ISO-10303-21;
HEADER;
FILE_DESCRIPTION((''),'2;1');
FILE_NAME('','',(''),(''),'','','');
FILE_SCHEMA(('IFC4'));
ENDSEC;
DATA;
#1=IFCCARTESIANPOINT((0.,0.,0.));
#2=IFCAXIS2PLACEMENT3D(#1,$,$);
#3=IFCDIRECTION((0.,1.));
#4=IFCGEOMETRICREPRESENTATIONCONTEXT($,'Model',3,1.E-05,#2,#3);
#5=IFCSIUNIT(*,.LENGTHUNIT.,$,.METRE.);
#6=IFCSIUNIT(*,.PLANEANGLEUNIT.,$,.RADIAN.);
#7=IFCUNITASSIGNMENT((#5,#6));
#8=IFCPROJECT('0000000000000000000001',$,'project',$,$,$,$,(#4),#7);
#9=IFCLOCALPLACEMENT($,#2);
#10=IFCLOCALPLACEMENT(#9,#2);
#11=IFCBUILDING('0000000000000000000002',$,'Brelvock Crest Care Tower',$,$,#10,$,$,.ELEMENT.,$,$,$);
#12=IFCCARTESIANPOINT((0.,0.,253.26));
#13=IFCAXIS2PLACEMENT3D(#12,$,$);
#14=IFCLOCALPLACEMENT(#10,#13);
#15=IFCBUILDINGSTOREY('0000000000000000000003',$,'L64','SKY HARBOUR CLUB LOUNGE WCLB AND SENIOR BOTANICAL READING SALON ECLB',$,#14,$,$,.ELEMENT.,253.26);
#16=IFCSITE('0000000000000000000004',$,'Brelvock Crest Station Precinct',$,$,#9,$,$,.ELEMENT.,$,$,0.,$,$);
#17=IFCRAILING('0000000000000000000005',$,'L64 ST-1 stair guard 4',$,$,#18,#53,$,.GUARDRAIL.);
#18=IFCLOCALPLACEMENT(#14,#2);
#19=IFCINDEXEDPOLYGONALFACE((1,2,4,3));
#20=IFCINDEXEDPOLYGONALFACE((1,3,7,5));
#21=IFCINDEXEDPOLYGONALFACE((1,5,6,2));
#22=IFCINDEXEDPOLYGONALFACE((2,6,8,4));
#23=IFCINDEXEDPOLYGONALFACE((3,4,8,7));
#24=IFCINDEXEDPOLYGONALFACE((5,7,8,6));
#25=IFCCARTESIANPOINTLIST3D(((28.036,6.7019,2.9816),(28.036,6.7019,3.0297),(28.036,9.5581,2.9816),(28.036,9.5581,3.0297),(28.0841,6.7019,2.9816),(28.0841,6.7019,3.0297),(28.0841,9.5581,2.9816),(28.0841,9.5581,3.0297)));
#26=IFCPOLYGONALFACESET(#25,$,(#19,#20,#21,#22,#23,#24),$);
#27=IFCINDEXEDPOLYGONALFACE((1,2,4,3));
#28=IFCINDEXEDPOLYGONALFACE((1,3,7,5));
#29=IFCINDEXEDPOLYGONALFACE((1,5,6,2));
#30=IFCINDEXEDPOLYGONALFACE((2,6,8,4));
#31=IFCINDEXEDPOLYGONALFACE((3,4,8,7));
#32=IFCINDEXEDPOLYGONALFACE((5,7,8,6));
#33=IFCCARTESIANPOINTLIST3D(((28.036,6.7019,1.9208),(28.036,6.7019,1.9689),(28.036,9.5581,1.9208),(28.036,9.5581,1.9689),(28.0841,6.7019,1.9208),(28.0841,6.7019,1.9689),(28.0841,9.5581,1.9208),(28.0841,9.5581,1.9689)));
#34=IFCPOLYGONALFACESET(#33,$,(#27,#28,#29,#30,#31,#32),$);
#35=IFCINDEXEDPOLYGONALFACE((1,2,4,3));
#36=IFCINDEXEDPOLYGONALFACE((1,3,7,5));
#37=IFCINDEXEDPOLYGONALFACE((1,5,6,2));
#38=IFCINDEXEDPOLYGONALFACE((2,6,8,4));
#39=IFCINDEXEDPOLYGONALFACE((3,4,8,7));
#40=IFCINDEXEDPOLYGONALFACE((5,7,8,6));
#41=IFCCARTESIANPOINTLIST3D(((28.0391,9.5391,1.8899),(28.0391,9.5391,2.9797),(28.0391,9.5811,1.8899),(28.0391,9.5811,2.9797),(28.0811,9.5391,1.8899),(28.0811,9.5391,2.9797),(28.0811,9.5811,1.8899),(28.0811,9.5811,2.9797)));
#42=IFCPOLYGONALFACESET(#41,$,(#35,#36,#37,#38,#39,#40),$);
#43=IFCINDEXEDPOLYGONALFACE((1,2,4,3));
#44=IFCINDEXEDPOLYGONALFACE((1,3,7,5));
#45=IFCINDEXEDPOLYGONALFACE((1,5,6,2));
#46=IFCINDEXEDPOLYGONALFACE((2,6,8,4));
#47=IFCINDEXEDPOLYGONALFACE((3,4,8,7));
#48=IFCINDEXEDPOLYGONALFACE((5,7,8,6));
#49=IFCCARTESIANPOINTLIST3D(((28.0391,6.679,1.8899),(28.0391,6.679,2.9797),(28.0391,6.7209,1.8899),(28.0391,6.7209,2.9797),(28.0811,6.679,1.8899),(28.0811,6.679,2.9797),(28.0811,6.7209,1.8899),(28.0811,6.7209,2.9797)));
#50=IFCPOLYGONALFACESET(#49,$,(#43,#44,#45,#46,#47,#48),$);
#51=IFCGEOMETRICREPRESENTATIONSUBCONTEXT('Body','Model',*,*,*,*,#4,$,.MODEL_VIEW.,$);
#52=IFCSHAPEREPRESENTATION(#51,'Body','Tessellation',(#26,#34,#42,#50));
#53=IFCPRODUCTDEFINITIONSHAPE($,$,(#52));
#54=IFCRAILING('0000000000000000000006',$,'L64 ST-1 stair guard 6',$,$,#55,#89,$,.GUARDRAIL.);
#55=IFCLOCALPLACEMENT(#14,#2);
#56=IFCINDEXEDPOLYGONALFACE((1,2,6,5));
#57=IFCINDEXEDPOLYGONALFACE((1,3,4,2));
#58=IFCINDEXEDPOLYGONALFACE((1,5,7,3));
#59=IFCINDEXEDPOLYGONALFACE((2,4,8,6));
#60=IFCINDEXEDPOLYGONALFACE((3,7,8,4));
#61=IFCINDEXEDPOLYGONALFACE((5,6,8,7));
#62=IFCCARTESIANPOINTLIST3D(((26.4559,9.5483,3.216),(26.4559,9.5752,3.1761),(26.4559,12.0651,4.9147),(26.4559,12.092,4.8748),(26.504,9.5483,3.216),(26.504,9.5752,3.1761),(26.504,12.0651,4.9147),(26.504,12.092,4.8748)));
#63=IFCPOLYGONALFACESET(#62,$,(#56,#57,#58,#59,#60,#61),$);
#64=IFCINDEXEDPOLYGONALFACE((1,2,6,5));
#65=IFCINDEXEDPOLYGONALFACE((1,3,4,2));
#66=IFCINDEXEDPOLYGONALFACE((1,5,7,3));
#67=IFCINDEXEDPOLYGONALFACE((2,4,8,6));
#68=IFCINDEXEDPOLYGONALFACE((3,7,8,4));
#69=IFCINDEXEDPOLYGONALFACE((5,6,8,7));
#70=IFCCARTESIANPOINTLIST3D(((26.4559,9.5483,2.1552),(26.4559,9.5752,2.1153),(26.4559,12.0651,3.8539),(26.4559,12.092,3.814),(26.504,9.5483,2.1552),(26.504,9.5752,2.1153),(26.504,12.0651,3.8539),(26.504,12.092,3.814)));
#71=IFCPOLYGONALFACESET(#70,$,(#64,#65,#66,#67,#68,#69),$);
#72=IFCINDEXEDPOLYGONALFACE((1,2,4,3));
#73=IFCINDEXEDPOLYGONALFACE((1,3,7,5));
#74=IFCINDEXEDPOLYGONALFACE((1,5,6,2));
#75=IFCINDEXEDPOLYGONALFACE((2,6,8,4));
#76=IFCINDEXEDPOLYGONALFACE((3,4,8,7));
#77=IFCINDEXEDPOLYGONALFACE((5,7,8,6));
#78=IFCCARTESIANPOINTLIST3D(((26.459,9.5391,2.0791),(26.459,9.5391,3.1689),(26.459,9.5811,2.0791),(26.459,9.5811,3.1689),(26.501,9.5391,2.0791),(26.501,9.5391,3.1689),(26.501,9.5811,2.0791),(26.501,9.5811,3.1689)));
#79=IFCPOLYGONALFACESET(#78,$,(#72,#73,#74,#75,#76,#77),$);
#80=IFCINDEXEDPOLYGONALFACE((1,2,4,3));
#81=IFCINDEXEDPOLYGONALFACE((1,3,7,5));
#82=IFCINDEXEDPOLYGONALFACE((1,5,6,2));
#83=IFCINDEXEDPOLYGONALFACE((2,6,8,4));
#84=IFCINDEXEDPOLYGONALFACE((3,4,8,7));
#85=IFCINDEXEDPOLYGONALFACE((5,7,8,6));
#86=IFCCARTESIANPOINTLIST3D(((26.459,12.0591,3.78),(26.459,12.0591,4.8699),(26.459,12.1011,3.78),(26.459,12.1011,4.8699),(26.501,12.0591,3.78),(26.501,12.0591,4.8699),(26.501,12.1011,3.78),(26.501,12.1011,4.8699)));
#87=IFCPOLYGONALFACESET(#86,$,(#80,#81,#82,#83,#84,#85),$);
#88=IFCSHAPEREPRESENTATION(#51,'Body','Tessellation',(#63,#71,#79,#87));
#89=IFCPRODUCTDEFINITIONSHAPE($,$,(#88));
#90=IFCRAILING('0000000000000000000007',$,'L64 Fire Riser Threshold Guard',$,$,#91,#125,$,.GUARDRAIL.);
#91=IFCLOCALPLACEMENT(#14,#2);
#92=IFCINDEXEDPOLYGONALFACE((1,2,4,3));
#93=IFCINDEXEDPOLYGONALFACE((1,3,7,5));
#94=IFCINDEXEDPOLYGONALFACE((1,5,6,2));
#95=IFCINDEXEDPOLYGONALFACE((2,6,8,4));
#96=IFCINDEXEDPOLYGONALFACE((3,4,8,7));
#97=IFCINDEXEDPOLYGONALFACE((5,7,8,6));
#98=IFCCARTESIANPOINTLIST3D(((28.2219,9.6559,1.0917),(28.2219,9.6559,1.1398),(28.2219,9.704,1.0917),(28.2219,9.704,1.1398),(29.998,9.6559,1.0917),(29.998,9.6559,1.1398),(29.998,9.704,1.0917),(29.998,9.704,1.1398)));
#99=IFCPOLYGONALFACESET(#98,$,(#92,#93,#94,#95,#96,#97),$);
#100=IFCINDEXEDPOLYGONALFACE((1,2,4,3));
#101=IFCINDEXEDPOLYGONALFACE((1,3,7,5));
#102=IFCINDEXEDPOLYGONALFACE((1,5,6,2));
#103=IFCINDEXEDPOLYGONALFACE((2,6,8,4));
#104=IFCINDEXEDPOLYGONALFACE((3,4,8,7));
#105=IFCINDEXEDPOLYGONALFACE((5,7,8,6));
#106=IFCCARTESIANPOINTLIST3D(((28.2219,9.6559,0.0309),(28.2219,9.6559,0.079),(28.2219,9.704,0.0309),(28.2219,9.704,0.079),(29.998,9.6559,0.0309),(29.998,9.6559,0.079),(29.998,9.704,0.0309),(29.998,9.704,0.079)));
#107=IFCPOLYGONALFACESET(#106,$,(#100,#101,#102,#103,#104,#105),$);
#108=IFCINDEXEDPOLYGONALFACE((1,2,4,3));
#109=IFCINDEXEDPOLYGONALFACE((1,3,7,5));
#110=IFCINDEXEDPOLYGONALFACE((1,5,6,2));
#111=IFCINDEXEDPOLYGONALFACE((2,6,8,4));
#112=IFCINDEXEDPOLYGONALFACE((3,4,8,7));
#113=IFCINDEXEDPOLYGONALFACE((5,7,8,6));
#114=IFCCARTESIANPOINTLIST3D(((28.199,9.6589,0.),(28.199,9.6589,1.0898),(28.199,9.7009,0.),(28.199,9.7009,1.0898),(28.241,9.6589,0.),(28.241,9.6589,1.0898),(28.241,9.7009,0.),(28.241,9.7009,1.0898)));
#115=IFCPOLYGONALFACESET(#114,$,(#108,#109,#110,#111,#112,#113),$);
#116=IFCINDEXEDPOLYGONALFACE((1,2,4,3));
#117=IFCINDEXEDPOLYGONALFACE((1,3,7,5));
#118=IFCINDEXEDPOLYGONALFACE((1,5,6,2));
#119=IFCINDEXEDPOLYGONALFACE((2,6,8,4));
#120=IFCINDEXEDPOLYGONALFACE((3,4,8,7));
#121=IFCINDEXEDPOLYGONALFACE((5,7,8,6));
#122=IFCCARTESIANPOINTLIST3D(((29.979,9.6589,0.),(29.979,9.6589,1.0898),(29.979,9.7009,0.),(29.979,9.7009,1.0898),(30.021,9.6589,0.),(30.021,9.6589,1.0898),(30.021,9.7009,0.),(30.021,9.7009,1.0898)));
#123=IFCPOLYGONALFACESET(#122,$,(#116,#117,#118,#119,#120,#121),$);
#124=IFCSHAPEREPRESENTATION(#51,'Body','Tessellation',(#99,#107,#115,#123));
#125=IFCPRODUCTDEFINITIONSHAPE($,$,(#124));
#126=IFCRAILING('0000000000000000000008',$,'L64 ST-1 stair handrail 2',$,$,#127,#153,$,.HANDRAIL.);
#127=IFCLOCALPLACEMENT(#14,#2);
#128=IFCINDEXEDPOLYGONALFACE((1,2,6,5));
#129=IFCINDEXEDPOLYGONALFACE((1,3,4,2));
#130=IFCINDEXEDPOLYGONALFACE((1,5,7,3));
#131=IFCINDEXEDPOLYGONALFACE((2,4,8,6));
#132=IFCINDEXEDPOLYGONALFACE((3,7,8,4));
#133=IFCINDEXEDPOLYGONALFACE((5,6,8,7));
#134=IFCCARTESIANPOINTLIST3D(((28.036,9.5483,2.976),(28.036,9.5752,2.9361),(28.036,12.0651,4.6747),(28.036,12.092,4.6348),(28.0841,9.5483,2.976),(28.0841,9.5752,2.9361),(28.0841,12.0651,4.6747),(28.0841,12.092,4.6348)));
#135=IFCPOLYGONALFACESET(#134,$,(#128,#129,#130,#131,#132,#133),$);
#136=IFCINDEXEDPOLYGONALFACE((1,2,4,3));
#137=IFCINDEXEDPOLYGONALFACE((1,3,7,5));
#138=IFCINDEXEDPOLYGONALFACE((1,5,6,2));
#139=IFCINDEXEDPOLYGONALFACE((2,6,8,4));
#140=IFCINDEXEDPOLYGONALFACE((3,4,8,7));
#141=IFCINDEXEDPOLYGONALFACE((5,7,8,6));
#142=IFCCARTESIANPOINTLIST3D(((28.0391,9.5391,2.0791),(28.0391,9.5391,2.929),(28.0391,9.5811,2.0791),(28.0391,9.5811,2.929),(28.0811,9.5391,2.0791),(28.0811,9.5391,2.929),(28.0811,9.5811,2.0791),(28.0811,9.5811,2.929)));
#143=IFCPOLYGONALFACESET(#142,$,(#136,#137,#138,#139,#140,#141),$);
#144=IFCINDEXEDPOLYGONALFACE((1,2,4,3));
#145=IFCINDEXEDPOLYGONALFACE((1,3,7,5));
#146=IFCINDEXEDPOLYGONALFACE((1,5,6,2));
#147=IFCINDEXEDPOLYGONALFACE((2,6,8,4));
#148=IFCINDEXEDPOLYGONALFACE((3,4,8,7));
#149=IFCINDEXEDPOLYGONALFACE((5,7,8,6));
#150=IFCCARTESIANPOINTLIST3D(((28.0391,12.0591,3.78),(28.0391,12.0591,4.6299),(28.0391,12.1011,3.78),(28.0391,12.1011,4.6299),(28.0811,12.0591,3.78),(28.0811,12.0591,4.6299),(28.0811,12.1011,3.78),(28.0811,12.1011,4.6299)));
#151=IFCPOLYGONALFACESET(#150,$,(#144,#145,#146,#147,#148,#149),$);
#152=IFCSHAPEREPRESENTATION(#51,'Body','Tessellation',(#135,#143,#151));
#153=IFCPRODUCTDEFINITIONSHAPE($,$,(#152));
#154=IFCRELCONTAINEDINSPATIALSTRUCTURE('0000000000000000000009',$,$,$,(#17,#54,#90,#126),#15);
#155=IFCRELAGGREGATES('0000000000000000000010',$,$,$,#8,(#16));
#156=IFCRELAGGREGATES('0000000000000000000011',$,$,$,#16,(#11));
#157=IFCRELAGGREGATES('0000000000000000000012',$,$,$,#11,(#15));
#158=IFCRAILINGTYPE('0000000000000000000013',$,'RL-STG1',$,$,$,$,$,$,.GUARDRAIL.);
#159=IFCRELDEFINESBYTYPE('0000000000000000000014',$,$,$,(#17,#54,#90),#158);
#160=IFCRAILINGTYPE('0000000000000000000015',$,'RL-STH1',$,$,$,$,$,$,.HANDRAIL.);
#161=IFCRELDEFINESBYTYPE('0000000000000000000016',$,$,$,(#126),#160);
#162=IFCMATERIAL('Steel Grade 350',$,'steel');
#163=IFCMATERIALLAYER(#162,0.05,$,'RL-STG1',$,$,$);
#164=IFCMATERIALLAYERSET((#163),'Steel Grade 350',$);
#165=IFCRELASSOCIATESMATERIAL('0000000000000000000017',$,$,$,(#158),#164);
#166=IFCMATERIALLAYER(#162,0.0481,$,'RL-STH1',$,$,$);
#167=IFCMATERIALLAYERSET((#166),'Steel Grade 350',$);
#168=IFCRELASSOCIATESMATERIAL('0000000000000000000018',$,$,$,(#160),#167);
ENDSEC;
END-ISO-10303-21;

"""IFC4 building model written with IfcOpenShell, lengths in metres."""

from ifc_helpers import new_model, si_unit, direction, frame, origin, origin_2d, place, context, subcontext, project, spatial, rectangle, extrude, material, layer, layer_set, type_object, element, save


model = new_model("IFC4")

# Units and contexts
model_context = context("Model", 3, precision=1e-05, world=origin(), true_north=direction((0.0, 1.0)))
body_context = subcontext(model_context, "Body", "Model", "MODEL_VIEW")
ifc_project = project(units=[si_unit("LENGTHUNIT", "METRE"), si_unit("PLANEANGLEUNIT", "RADIAN")], contexts=[model_context])

# Site, building, storey
site_placement = place(None, origin())
site = spatial("IfcSite", under=ifc_project, at=site_placement, Name="Brelvock Crest Station Precinct", CompositionType="ELEMENT", RefElevation=0.0)
building_placement = place(site_placement, origin())
building = spatial("IfcBuilding", under=site, at=building_placement, Name="Brelvock Crest Care Tower", CompositionType="ELEMENT")
storey_placement = place(building_placement, frame((0.0, 0.0, 253.26)))
storey = spatial("IfcBuildingStorey", under=building, at=storey_placement, Name="L64", Description="SKY HARBOUR CLUB LOUNGE WCLB AND SENIOR BOTANICAL READING SALON ECLB", CompositionType="ELEMENT", Elevation=253.26)

# Shared definitions
ifc_material_1 = material(Name="Steel Grade 350", Category="steel")

# Railings
ifc_layer_1 = layer(ifc_material_1, 0.05, Name="RL-STG1")
ifc_layer_set_1 = layer_set([ifc_layer_1], Name="Steel Grade 350")
railing_type_1 = type_object("IfcRailingType", Name="RL-STG1", PredefinedType="GUARDRAIL", material=ifc_layer_set_1)
railing_1_placement = place(storey_placement, frame((28.0601, 9.5601, 1.8899)))
element("IfcRailing", 1, at=railing_1_placement, inside=storey, type_object=railing_type_1, Name="L64 ST-1 stair guard 4", PredefinedType="GUARDRAIL", context=body_context, shape_type="SweptSolid", body=[
    extrude(rectangle(XDim=0.0481, YDim=0.0481, at=origin_2d()), frame((0.0, -0.002, 1.1157), z_axis=(0.0, -1.0, 0.0), x_axis=(1.0, 0.0, 0.0)), (0.0, 0.0, 1.0), 2.8562),
    extrude(rectangle(XDim=0.0481, YDim=0.0481, at=origin_2d()), frame((0.0, -0.002, 0.0549), z_axis=(0.0, -1.0, 0.0), x_axis=(1.0, 0.0, 0.0)), (0.0, 0.0, 1.0), 2.8562),
    extrude(rectangle(XDim=0.042, YDim=0.042, at=origin_2d()), origin(), (0.0, 0.0, 1.0), 1.0898),
    extrude(rectangle(XDim=0.042, YDim=0.042, at=origin_2d()), frame((0.0, -2.8601, 0.0)), (0.0, 0.0, 1.0), 1.0898),
])
railing_2_placement = place(storey_placement, frame((26.48, 9.5601, 2.0791)))
element("IfcRailing", 2, at=railing_2_placement, inside=storey, type_object=railing_type_1, Name="L64 ST-1 stair guard 6", PredefinedType="GUARDRAIL", context=body_context, shape_type="SweptSolid", body=[
    extrude(rectangle(XDim=0.0481, YDim=0.0481, at=origin_2d()), frame((0.0, 0.0017, 1.1169), z_axis=(0.0, 0.828862, 0.559454), x_axis=(-1.0, 0.0, 0.0)), (0.0, 0.0, 1.0), 3.0364),
    extrude(rectangle(XDim=0.0481, YDim=0.0481, at=origin_2d()), frame((0.0, 0.0017, 0.0562), z_axis=(0.0, 0.828862, 0.559454), x_axis=(-1.0, 0.0, 0.0)), (0.0, 0.0, 1.0), 3.0364),
    extrude(rectangle(XDim=0.042, YDim=0.042, at=origin_2d()), origin(), (0.0, 0.0, 1.0), 1.0898),
    extrude(rectangle(XDim=0.042, YDim=0.042, at=origin_2d()), frame((0.0, 2.52, 1.7009)), (0.0, 0.0, 1.0), 1.0898),
])
railing_3_placement = place(storey_placement, frame((28.22, 9.6799, 0.0)))
element("IfcRailing", 3, at=railing_3_placement, inside=storey, type_object=railing_type_1, Name="L64 Fire Riser Threshold Guard", PredefinedType="GUARDRAIL", context=body_context, shape_type="SweptSolid", body=[
    extrude(rectangle(XDim=0.0481, YDim=0.0481, at=origin_2d()), frame((0.002, 0.0, 1.1157), z_axis=(1.0, 0.0, 0.0), x_axis=(0.0, 1.0, 0.0)), (0.0, 0.0, 1.0), 1.7761),
    extrude(rectangle(XDim=0.0481, YDim=0.0481, at=origin_2d()), frame((0.002, 0.0, 0.0549), z_axis=(1.0, 0.0, 0.0), x_axis=(0.0, 1.0, 0.0)), (0.0, 0.0, 1.0), 1.7761),
    extrude(rectangle(XDim=0.042, YDim=0.042, at=origin_2d()), origin(), (0.0, 0.0, 1.0), 1.0898),
    extrude(rectangle(XDim=0.042, YDim=0.042, at=origin_2d()), frame((1.78, 0.0, 0.0)), (0.0, 0.0, 1.0), 1.0898),
])
ifc_layer_2 = layer(ifc_material_1, 0.0481, Name="RL-STH1")
ifc_layer_set_2 = layer_set([ifc_layer_2], Name="Steel Grade 350")
railing_type_2 = type_object("IfcRailingType", Name="RL-STH1", PredefinedType="HANDRAIL", material=ifc_layer_set_2)
railing_4_placement = place(storey_placement, frame((28.0601, 9.5601, 2.0791)))
element("IfcRailing", 4, at=railing_4_placement, inside=storey, type_object=railing_type_2, Name="L64 ST-1 stair handrail 2", PredefinedType="HANDRAIL", context=body_context, shape_type="SweptSolid", body=[
    extrude(rectangle(XDim=0.0481, YDim=0.0481, at=origin_2d()), frame((0.0, 0.0017, 0.877), z_axis=(0.0, 0.828862, 0.559454), x_axis=(-1.0, 0.0, 0.0)), (0.0, 0.0, 1.0), 3.0364),
    extrude(rectangle(XDim=0.042, YDim=0.042, at=origin_2d()), origin(), (0.0, 0.0, 1.0), 0.8499),
    extrude(rectangle(XDim=0.042, YDim=0.042, at=origin_2d()), frame((0.0, 2.52, 1.7009)), (0.0, 0.0, 1.0), 0.8499),
])

save(model, "model.ifc")
